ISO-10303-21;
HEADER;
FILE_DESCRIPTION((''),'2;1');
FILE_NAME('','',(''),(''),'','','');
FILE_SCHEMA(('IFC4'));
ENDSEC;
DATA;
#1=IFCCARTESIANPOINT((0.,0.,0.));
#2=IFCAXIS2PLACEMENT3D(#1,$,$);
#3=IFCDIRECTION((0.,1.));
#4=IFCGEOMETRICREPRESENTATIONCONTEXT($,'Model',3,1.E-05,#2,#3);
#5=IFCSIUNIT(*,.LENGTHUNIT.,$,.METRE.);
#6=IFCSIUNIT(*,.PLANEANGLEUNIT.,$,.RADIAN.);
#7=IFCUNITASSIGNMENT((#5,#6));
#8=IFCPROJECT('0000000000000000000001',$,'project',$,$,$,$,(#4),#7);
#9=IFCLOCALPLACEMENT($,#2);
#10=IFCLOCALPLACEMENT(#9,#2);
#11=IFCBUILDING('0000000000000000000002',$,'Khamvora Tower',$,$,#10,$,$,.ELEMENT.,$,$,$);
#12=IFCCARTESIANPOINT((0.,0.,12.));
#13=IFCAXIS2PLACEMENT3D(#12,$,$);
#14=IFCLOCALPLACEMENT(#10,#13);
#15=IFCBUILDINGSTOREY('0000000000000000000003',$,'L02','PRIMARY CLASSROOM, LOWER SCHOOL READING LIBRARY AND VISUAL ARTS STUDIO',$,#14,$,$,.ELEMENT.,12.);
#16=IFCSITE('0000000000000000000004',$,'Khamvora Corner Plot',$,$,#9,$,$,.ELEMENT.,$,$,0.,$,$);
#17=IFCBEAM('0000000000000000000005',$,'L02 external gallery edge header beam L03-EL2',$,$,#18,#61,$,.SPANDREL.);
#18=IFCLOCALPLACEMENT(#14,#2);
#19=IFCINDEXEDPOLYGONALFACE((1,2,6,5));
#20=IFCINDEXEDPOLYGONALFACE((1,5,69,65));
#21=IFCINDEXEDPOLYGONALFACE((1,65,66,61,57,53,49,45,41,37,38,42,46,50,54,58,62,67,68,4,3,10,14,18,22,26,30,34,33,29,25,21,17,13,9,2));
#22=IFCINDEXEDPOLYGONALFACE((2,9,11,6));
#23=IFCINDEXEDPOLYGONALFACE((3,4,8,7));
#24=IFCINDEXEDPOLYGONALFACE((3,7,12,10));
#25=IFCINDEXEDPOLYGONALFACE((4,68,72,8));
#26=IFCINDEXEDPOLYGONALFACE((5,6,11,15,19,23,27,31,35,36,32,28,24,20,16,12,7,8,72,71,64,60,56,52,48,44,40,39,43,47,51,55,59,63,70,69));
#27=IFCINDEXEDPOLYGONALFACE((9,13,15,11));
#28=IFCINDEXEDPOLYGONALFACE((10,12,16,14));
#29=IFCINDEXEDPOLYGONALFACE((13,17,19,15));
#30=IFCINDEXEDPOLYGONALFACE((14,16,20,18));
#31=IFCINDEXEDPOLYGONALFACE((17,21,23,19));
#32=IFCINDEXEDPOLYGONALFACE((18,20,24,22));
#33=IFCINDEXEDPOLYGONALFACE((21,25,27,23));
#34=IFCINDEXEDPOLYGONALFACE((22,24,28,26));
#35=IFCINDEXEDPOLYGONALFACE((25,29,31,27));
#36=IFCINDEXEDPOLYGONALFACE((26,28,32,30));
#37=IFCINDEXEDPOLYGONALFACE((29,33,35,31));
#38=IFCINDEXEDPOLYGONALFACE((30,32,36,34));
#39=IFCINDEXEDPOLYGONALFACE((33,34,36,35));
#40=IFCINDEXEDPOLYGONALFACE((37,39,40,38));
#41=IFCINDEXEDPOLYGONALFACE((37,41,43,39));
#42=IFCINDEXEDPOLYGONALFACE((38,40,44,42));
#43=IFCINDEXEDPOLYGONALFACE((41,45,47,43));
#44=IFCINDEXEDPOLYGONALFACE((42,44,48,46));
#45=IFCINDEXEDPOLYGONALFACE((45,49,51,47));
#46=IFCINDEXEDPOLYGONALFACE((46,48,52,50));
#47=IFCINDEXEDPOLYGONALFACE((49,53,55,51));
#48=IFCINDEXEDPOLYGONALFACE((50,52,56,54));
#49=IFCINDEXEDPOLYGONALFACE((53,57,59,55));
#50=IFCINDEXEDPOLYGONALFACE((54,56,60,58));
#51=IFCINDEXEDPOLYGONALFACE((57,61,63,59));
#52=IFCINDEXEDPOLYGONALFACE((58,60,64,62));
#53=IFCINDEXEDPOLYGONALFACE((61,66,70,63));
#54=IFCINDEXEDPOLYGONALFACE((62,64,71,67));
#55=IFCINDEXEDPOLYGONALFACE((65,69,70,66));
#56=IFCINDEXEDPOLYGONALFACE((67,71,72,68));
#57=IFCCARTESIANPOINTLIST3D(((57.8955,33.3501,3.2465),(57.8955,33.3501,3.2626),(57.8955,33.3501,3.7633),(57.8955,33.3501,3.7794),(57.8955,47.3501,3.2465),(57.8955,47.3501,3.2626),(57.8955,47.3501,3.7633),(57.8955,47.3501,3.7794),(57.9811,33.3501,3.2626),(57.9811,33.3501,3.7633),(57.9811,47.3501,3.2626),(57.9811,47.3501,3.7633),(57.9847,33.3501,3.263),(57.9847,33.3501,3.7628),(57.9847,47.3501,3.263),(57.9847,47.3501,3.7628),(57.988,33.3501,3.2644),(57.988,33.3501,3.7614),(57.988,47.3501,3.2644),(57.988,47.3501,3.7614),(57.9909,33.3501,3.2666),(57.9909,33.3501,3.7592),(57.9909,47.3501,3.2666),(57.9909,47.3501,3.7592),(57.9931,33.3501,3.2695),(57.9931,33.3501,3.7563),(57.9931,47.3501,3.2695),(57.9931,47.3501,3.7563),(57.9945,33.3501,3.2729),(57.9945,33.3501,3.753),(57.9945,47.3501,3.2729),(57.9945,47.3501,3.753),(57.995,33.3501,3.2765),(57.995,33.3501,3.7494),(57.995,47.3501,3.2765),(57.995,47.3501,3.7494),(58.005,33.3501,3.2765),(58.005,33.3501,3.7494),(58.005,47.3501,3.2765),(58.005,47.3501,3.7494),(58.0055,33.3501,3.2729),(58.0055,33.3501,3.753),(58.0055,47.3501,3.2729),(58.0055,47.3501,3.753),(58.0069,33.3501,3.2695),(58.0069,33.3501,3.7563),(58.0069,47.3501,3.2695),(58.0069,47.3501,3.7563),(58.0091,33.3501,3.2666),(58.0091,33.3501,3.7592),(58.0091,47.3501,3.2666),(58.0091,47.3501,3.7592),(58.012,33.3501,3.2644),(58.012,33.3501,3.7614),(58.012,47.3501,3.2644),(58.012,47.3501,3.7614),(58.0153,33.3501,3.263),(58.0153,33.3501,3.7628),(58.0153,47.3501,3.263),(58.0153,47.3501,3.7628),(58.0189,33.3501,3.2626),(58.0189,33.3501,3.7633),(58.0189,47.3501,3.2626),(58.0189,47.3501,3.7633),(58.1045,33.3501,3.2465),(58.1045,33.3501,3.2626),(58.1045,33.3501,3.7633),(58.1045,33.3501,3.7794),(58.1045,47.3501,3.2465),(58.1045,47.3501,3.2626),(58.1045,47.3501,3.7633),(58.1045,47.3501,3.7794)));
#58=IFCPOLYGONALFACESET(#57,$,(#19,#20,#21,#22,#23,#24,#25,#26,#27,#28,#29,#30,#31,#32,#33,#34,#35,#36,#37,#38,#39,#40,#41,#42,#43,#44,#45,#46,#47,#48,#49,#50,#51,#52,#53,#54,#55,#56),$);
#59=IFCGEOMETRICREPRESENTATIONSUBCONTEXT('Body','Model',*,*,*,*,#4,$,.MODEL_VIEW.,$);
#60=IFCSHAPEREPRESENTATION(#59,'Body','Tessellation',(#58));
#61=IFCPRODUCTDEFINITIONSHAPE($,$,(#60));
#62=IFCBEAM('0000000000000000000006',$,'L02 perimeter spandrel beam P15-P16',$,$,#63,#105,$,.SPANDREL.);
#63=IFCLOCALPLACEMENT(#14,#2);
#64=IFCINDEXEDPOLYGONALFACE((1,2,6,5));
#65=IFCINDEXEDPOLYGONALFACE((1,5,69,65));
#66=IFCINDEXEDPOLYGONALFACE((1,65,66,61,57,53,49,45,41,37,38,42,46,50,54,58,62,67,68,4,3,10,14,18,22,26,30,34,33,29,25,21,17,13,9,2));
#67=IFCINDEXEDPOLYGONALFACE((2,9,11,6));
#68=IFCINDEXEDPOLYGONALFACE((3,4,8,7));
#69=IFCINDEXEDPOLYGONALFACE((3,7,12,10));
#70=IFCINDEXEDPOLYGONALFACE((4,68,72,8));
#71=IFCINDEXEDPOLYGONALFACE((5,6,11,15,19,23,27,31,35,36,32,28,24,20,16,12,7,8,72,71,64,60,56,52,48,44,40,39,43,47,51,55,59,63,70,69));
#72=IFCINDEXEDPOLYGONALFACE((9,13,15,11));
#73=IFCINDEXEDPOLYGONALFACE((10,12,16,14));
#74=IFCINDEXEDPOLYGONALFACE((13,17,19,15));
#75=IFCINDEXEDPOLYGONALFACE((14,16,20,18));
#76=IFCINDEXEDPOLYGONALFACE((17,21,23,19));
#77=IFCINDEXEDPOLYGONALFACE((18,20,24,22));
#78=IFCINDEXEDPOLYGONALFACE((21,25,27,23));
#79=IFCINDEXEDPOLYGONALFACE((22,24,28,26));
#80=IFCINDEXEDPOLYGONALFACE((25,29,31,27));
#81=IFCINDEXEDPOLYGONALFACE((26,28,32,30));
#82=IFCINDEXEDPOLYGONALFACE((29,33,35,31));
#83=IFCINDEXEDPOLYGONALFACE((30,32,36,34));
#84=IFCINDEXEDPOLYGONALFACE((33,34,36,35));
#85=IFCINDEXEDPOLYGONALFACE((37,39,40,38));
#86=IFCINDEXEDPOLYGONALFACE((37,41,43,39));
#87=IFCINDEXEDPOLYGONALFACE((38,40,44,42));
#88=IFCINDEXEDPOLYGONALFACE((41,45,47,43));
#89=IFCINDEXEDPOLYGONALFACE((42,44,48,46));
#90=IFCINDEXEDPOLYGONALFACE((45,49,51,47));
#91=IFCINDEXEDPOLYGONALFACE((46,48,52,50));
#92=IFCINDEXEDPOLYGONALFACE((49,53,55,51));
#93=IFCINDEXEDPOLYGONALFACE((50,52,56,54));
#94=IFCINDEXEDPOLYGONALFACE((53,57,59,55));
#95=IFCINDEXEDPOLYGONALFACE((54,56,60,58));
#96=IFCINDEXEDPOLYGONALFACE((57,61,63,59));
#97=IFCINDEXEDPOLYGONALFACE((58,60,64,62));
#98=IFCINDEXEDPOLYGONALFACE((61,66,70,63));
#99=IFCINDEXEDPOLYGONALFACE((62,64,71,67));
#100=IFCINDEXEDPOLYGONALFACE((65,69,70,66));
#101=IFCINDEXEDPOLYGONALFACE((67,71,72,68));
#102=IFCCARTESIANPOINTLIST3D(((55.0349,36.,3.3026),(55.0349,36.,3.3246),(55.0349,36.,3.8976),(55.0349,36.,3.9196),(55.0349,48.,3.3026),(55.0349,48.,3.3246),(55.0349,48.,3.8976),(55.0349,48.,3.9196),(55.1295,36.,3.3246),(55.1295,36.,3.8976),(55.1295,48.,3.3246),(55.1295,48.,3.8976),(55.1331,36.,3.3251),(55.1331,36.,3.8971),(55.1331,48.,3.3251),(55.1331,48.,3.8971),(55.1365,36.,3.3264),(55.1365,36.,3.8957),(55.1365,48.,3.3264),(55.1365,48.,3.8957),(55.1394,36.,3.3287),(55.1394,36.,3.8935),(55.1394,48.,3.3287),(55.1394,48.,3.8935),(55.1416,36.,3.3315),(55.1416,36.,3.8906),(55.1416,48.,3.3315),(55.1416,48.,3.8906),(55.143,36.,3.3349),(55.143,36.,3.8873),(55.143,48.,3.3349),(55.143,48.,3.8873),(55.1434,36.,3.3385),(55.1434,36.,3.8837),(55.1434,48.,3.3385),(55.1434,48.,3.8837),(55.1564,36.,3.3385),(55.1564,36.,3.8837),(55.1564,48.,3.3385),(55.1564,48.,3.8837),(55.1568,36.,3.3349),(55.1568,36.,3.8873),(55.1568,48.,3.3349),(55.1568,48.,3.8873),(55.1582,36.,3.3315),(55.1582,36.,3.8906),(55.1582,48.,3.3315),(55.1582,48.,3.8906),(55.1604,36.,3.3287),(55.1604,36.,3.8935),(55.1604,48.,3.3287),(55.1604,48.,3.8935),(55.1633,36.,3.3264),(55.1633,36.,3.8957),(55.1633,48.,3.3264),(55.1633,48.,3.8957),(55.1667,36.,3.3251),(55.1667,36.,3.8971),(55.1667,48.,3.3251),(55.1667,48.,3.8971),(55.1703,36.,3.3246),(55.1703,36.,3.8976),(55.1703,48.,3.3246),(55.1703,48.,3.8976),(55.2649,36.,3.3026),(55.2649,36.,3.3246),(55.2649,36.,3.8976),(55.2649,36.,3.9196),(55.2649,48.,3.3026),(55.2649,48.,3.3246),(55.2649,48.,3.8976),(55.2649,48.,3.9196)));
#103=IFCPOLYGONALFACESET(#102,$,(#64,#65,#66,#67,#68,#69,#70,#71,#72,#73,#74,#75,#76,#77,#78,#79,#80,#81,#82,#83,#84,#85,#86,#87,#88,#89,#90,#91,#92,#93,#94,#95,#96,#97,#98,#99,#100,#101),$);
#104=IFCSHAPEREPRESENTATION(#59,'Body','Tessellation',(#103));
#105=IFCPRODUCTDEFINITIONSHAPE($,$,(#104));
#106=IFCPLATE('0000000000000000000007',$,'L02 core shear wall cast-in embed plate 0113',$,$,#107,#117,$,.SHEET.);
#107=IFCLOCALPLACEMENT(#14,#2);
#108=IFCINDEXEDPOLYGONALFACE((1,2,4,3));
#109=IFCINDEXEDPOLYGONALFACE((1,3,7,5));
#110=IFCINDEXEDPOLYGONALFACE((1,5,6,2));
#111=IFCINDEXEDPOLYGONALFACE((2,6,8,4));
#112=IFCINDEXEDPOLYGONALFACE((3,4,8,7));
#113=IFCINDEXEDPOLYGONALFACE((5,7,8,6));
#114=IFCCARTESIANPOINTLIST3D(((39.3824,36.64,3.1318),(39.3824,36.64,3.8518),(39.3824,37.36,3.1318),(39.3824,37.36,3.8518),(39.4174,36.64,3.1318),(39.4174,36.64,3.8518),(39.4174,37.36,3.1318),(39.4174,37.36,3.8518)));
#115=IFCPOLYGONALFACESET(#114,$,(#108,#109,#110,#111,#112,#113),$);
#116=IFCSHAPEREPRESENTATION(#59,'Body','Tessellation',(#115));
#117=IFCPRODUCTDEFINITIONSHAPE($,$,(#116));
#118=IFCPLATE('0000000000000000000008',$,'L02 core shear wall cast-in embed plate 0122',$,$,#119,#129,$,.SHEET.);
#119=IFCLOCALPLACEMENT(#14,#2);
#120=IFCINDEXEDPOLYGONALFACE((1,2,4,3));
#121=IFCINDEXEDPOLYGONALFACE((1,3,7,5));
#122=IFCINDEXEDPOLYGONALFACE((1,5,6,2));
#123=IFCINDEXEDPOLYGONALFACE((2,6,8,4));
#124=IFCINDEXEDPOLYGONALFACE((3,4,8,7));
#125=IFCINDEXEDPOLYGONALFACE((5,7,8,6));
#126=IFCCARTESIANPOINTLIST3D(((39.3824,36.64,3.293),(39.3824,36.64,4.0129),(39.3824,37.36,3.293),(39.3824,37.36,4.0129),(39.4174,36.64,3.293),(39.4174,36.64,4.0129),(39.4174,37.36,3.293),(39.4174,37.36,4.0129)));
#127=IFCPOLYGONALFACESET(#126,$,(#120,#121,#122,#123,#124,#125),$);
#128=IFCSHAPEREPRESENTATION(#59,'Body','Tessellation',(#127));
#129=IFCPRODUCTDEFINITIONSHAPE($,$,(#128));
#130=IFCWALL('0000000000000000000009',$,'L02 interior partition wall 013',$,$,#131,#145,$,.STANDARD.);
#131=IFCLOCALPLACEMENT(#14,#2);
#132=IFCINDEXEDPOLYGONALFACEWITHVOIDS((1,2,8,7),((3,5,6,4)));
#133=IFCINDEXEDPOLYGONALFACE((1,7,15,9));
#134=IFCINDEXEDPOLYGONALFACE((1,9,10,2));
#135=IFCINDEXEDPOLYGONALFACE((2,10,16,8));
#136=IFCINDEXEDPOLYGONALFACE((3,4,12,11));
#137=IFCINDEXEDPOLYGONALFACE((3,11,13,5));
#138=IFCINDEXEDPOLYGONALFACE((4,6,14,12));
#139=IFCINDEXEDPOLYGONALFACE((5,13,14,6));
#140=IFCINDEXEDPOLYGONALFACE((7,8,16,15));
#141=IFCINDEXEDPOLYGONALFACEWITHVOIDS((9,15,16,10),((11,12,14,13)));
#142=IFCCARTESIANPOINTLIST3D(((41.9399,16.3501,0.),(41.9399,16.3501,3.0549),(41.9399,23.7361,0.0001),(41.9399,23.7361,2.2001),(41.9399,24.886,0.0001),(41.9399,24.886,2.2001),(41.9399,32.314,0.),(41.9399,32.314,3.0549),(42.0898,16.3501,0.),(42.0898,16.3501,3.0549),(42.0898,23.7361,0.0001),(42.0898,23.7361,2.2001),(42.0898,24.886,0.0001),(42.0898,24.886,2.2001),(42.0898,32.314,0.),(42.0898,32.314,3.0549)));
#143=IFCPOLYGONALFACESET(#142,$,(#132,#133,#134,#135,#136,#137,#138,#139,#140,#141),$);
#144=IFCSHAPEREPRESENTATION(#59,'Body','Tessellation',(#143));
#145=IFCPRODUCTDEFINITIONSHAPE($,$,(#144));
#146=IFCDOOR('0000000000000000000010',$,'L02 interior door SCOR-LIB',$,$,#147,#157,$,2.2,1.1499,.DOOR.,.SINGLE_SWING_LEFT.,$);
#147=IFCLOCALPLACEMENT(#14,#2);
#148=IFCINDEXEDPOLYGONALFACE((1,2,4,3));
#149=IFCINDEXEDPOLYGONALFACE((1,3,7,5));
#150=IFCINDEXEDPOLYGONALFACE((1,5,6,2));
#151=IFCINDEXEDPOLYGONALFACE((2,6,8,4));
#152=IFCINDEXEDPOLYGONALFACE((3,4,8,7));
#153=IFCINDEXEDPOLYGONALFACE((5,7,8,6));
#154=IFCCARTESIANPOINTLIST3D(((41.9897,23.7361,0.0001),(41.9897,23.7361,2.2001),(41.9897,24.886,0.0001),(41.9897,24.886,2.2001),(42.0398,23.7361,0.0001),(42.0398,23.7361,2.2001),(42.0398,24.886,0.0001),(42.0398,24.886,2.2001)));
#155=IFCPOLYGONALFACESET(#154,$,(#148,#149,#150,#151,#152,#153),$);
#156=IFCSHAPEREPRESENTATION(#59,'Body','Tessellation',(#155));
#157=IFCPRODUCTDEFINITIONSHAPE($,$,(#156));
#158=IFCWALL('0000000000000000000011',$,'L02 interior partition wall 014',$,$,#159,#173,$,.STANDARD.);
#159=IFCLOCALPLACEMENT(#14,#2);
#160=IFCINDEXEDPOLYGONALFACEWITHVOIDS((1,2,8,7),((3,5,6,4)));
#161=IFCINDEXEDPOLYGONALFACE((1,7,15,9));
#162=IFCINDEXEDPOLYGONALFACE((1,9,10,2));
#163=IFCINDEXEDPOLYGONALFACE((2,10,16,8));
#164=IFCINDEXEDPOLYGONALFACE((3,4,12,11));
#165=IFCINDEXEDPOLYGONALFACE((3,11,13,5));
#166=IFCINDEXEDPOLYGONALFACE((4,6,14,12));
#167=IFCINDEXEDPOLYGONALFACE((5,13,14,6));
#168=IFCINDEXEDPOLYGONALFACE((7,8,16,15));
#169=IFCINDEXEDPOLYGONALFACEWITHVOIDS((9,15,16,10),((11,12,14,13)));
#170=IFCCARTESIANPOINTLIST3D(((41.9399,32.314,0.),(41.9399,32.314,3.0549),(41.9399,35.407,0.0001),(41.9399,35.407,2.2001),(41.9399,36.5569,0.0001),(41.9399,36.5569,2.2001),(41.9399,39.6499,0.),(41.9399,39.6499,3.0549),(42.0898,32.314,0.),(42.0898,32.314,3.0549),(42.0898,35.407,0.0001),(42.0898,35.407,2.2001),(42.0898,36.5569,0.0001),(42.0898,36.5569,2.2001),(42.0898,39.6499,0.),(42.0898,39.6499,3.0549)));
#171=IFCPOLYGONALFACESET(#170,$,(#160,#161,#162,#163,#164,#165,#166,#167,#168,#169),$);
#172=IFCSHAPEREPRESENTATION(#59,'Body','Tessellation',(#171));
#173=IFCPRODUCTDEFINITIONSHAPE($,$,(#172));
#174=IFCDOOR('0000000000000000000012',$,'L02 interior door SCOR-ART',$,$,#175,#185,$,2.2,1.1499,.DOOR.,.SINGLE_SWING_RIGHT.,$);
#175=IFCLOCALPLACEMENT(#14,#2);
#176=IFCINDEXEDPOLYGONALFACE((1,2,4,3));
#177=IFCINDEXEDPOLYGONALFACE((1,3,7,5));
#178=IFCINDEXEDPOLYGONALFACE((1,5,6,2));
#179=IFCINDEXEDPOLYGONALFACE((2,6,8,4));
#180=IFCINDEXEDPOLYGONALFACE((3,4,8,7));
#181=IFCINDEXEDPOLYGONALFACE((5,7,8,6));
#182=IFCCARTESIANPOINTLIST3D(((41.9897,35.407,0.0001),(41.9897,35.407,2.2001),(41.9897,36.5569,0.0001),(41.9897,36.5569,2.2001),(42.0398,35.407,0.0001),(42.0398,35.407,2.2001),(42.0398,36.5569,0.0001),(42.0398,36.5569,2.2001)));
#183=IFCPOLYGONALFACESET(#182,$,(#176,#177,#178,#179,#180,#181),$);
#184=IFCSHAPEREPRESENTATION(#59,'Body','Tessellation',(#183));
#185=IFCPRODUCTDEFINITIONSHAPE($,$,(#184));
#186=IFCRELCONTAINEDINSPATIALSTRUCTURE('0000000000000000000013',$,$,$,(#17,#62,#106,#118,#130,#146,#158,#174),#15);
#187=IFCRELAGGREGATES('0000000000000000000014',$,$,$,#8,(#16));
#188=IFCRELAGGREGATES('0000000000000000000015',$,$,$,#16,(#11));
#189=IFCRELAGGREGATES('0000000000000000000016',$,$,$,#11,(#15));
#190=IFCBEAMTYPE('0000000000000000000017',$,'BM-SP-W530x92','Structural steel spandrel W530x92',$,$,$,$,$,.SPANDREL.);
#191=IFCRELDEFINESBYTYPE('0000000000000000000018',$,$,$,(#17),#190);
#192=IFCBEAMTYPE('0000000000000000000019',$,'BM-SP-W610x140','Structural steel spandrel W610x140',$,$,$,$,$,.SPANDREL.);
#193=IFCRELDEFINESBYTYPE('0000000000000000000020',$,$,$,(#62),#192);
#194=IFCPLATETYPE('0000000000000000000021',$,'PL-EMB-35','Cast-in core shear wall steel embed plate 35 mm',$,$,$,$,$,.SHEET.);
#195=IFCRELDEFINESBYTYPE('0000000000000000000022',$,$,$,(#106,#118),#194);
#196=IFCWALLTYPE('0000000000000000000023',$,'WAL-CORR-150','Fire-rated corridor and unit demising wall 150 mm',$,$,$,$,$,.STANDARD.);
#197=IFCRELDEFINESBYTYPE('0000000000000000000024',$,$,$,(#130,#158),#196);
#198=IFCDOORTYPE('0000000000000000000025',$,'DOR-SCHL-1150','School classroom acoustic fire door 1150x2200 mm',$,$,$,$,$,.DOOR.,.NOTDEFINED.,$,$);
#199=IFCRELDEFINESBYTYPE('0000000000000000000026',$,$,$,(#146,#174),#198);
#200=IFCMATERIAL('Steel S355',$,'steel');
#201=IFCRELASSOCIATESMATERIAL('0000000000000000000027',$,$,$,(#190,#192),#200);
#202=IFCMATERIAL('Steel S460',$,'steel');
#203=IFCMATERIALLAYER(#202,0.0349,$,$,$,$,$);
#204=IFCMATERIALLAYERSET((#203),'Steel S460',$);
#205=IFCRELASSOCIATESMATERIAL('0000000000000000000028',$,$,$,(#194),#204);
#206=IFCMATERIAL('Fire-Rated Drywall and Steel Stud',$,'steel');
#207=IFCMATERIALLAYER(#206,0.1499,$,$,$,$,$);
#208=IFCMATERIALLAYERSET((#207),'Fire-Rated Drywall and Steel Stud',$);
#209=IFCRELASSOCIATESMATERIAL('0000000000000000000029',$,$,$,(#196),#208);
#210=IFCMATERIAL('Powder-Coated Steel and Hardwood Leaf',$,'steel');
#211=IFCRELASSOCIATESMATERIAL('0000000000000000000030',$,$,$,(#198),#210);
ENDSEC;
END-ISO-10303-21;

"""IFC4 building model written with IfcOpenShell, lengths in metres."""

from ifc_helpers import new_model, si_unit, direction, frame, frame_2d, origin, origin_2d, place, context, subcontext, project, spatial, rectangle, i_section, extrude, material, layer, layer_set, material_profile, profile_set, type_object, element, fill, save


model = new_model("IFC4")

# Units and contexts
model_context = context("Model", 3, precision=1e-05, world=origin(), true_north=direction((0.0, 1.0)))
body_context = subcontext(model_context, "Body", "Model", "MODEL_VIEW")
ifc_project = project(units=[si_unit("LENGTHUNIT", "METRE"), si_unit("PLANEANGLEUNIT", "RADIAN")], contexts=[model_context])

# Site, building, storey
site_placement = place(None, origin())
site = spatial("IfcSite", under=ifc_project, at=site_placement, Name="Khamvora Corner Plot", CompositionType="ELEMENT", RefElevation=0.0)
building_placement = place(site_placement, origin())
building = spatial("IfcBuilding", under=site, at=building_placement, Name="Khamvora Tower", CompositionType="ELEMENT")
storey_placement = place(building_placement, frame((0.0, 0.0, 12.0)))
storey = spatial("IfcBuildingStorey", under=building, at=storey_placement, Name="L02", Description="PRIMARY CLASSROOM, LOWER SCHOOL READING LIBRARY AND VISUAL ARTS STUDIO", CompositionType="ELEMENT", Elevation=12.0)

# Shared definitions
ifc_material_1 = material(Name="Steel S460", Category="steel")

# Beams
ifc_material_2 = material(Name="Steel S355", Category="steel")
ifc_material_profile_1 = material_profile(ifc_material_2, i_section(OverallWidth=0.209, OverallDepth=0.533, WebThickness=0.01, FlangeThickness=0.0161, FilletRadius=0.0139, at=origin_2d()), Name="W530x92")
ifc_profile_set_1 = profile_set([ifc_material_profile_1], Name="Steel S355")
beam_type_1 = type_object("IfcBeamType", Name="BM-SP-W530x92", Description="Structural steel spandrel W530x92", PredefinedType="SPANDREL", material=ifc_profile_set_1)
beam_1_placement = place(storey_placement, frame((58.0, 33.3501, 3.5129), z_axis=(0.0, 1.0, 0.0), x_axis=(-1.0, 0.0, 0.0)))
element("IfcBeam", 1, at=beam_1_placement, inside=storey, type_object=beam_type_1, Name="L02 external gallery edge header beam L03-EL2", PredefinedType="SPANDREL", context=body_context, shape_type="SweptSolid", body=[
    extrude(i_section(OverallWidth=0.209, OverallDepth=0.533, WebThickness=0.01, FlangeThickness=0.0161, FilletRadius=0.0139, at=origin_2d()), origin(), (0.0, 0.0, 1.0), 14.0),
])
ifc_material_profile_2 = material_profile(ifc_material_2, i_section(OverallWidth=0.23, OverallDepth=0.6169, WebThickness=0.0129, FlangeThickness=0.022, FilletRadius=0.0139, at=origin_2d()), Name="W610x140")
ifc_profile_set_2 = profile_set([ifc_material_profile_2], Name="Steel S355")
beam_type_2 = type_object("IfcBeamType", Name="BM-SP-W610x140", Description="Structural steel spandrel W610x140", PredefinedType="SPANDREL", material=ifc_profile_set_2)
beam_2_placement = place(storey_placement, frame((55.1499, 36.0, 3.6111), z_axis=(0.0, 1.0, 0.0), x_axis=(-1.0, 0.0, 0.0)))
element("IfcBeam", 2, at=beam_2_placement, inside=storey, type_object=beam_type_2, Name="L02 perimeter spandrel beam P15-P16", PredefinedType="SPANDREL", context=body_context, shape_type="SweptSolid", body=[
    extrude(i_section(OverallWidth=0.23, OverallDepth=0.6169, WebThickness=0.0129, FlangeThickness=0.022, FilletRadius=0.0139, at=origin_2d()), origin(), (0.0, 0.0, 1.0), 12.0),
])

# Plates
ifc_layer_1 = layer(ifc_material_1, 0.0349)
ifc_layer_set_1 = layer_set([ifc_layer_1], Name="Steel S460")
plate_type = type_object("IfcPlateType", Name="PL-EMB-35", Description="Cast-in core shear wall steel embed plate 35 mm", PredefinedType="SHEET", material=ifc_layer_set_1)
for number, where, z_axis, x_axis, name in (
    (3, (39.3999, 37.0, 3.1318), (0.0, 0.0, 1.0), (1.0, 0.0, 0.0), "L02 core shear wall cast-in embed plate 0113"),
    (4, (39.3999, 37.0, 3.293), (0.0, 0.0, 1.0), (1.0, 0.0, 0.0), "L02 core shear wall cast-in embed plate 0122"),
):
    element("IfcPlate", number, at=place(storey_placement, frame(where, z_axis=z_axis, x_axis=x_axis)), inside=storey, type_object=plate_type, Name=name, PredefinedType="SHEET", context=body_context, shape_type="SweptSolid", body=[
        extrude(rectangle(XDim=0.0349, YDim=0.72, at=origin_2d()), origin(), (0.0, 0.0, 1.0), 0.72),
    ])

# Walls, openings, doors
ifc_material_3 = material(Name="Fire-Rated Drywall and Steel Stud", Category="steel")
ifc_layer_2 = layer(ifc_material_3, 0.1499)
ifc_layer_set_2 = layer_set([ifc_layer_2], Name="Fire-Rated Drywall and Steel Stud")
wall_type_1 = type_object("IfcWallType", Name="WAL-CORR-150", Description="Fire-rated corridor and unit demising wall 150 mm", PredefinedType="STANDARD", material=ifc_layer_set_2)
wall_1_placement = place(storey_placement, frame((42.0149, 32.314, 0.0), z_axis=(0.0, 0.0, 1.0), x_axis=(0.0, -1.0, 0.0)))
wall_1 = element("IfcWall", 5, at=wall_1_placement, inside=storey, type_object=wall_type_1, Name="L02 interior partition wall 013", PredefinedType="STANDARD", context=body_context, shape_type="SweptSolid", body=[
    extrude(rectangle(XDim=15.9639, YDim=0.1499, at=frame_2d((7.9819, 0.0))), origin(), (0.0, 0.0, 1.0), 3.0549),
])
opening_1_placement = place(wall_1_placement, frame((7.428, 0.0, 0.0)))
opening_1 = element("IfcOpeningElement", 6, at=opening_1_placement, cuts=wall_1, PredefinedType="OPENING", context=body_context, shape_type="SweptSolid", body=[
    extrude(rectangle(XDim=1.1499, YDim=2.2, at=frame_2d((0.575, 1.1001))), frame((0.0, 0.085, 0.0), z_axis=(0.0, -1.0, 0.0), x_axis=(1.0, 0.0, 0.0)), (0.0, 0.0, 1.0), 0.1699),
])
ifc_material_4 = material(Name="Powder-Coated Steel and Hardwood Leaf", Category="steel")
door_type = type_object("IfcDoorType", Name="DOR-SCHL-1150", Description="School classroom acoustic fire door 1150x2200 mm", OperationType="NOTDEFINED", PredefinedType="DOOR", material=ifc_material_4)
door_1_placement = place(opening_1_placement, origin())
door_1 = element("IfcDoor", 7, at=door_1_placement, inside=storey, type_object=door_type, Name="L02 interior door SCOR-LIB", OperationType="SINGLE_SWING_LEFT", OverallHeight=2.2, OverallWidth=1.1499, PredefinedType="DOOR", context=body_context, shape_type="SweptSolid", body=[
    extrude(rectangle(XDim=1.1499, YDim=2.2, at=frame_2d((0.575, 1.1001))), frame((0.0, 0.0249, 0.0), z_axis=(0.0, -1.0, 0.0), x_axis=(1.0, 0.0, 0.0)), (0.0, 0.0, 1.0), 0.05),
])
fill(opening_1, door_1)
wall_2_placement = place(storey_placement, frame((42.0149, 39.6499, 0.0), z_axis=(0.0, 0.0, 1.0), x_axis=(0.0, -1.0, 0.0)))
wall_2 = element("IfcWall", 8, at=wall_2_placement, inside=storey, type_object=wall_type_1, Name="L02 interior partition wall 014", PredefinedType="STANDARD", context=body_context, shape_type="SweptSolid", body=[
    extrude(rectangle(XDim=7.3359, YDim=0.1499, at=frame_2d((3.668, 0.0))), origin(), (0.0, 0.0, 1.0), 3.0549),
])
opening_2_placement = place(wall_2_placement, frame((3.093, 0.0, 0.0)))
opening_2 = element("IfcOpeningElement", 9, at=opening_2_placement, cuts=wall_2, PredefinedType="OPENING", context=body_context, shape_type="SweptSolid", body=[
    extrude(rectangle(XDim=1.1499, YDim=2.2, at=frame_2d((0.575, 1.1001))), frame((0.0, 0.085, 0.0), z_axis=(0.0, -1.0, 0.0), x_axis=(1.0, 0.0, 0.0)), (0.0, 0.0, 1.0), 0.1699),
])
door_2_placement = place(opening_2_placement, origin())
door_2 = element("IfcDoor", 10, at=door_2_placement, inside=storey, type_object=door_type, Name="L02 interior door SCOR-ART", OperationType="SINGLE_SWING_RIGHT", OverallHeight=2.2, OverallWidth=1.1499, PredefinedType="DOOR", context=body_context, shape_type="SweptSolid", body=[
    extrude(rectangle(XDim=1.1499, YDim=2.2, at=frame_2d((0.575, 1.1001))), frame((0.0, 0.0249, 0.0), z_axis=(0.0, -1.0, 0.0), x_axis=(1.0, 0.0, 0.0)), (0.0, 0.0, 1.0), 0.05),
])
fill(opening_2, door_2)

save(model, "model.ifc")
